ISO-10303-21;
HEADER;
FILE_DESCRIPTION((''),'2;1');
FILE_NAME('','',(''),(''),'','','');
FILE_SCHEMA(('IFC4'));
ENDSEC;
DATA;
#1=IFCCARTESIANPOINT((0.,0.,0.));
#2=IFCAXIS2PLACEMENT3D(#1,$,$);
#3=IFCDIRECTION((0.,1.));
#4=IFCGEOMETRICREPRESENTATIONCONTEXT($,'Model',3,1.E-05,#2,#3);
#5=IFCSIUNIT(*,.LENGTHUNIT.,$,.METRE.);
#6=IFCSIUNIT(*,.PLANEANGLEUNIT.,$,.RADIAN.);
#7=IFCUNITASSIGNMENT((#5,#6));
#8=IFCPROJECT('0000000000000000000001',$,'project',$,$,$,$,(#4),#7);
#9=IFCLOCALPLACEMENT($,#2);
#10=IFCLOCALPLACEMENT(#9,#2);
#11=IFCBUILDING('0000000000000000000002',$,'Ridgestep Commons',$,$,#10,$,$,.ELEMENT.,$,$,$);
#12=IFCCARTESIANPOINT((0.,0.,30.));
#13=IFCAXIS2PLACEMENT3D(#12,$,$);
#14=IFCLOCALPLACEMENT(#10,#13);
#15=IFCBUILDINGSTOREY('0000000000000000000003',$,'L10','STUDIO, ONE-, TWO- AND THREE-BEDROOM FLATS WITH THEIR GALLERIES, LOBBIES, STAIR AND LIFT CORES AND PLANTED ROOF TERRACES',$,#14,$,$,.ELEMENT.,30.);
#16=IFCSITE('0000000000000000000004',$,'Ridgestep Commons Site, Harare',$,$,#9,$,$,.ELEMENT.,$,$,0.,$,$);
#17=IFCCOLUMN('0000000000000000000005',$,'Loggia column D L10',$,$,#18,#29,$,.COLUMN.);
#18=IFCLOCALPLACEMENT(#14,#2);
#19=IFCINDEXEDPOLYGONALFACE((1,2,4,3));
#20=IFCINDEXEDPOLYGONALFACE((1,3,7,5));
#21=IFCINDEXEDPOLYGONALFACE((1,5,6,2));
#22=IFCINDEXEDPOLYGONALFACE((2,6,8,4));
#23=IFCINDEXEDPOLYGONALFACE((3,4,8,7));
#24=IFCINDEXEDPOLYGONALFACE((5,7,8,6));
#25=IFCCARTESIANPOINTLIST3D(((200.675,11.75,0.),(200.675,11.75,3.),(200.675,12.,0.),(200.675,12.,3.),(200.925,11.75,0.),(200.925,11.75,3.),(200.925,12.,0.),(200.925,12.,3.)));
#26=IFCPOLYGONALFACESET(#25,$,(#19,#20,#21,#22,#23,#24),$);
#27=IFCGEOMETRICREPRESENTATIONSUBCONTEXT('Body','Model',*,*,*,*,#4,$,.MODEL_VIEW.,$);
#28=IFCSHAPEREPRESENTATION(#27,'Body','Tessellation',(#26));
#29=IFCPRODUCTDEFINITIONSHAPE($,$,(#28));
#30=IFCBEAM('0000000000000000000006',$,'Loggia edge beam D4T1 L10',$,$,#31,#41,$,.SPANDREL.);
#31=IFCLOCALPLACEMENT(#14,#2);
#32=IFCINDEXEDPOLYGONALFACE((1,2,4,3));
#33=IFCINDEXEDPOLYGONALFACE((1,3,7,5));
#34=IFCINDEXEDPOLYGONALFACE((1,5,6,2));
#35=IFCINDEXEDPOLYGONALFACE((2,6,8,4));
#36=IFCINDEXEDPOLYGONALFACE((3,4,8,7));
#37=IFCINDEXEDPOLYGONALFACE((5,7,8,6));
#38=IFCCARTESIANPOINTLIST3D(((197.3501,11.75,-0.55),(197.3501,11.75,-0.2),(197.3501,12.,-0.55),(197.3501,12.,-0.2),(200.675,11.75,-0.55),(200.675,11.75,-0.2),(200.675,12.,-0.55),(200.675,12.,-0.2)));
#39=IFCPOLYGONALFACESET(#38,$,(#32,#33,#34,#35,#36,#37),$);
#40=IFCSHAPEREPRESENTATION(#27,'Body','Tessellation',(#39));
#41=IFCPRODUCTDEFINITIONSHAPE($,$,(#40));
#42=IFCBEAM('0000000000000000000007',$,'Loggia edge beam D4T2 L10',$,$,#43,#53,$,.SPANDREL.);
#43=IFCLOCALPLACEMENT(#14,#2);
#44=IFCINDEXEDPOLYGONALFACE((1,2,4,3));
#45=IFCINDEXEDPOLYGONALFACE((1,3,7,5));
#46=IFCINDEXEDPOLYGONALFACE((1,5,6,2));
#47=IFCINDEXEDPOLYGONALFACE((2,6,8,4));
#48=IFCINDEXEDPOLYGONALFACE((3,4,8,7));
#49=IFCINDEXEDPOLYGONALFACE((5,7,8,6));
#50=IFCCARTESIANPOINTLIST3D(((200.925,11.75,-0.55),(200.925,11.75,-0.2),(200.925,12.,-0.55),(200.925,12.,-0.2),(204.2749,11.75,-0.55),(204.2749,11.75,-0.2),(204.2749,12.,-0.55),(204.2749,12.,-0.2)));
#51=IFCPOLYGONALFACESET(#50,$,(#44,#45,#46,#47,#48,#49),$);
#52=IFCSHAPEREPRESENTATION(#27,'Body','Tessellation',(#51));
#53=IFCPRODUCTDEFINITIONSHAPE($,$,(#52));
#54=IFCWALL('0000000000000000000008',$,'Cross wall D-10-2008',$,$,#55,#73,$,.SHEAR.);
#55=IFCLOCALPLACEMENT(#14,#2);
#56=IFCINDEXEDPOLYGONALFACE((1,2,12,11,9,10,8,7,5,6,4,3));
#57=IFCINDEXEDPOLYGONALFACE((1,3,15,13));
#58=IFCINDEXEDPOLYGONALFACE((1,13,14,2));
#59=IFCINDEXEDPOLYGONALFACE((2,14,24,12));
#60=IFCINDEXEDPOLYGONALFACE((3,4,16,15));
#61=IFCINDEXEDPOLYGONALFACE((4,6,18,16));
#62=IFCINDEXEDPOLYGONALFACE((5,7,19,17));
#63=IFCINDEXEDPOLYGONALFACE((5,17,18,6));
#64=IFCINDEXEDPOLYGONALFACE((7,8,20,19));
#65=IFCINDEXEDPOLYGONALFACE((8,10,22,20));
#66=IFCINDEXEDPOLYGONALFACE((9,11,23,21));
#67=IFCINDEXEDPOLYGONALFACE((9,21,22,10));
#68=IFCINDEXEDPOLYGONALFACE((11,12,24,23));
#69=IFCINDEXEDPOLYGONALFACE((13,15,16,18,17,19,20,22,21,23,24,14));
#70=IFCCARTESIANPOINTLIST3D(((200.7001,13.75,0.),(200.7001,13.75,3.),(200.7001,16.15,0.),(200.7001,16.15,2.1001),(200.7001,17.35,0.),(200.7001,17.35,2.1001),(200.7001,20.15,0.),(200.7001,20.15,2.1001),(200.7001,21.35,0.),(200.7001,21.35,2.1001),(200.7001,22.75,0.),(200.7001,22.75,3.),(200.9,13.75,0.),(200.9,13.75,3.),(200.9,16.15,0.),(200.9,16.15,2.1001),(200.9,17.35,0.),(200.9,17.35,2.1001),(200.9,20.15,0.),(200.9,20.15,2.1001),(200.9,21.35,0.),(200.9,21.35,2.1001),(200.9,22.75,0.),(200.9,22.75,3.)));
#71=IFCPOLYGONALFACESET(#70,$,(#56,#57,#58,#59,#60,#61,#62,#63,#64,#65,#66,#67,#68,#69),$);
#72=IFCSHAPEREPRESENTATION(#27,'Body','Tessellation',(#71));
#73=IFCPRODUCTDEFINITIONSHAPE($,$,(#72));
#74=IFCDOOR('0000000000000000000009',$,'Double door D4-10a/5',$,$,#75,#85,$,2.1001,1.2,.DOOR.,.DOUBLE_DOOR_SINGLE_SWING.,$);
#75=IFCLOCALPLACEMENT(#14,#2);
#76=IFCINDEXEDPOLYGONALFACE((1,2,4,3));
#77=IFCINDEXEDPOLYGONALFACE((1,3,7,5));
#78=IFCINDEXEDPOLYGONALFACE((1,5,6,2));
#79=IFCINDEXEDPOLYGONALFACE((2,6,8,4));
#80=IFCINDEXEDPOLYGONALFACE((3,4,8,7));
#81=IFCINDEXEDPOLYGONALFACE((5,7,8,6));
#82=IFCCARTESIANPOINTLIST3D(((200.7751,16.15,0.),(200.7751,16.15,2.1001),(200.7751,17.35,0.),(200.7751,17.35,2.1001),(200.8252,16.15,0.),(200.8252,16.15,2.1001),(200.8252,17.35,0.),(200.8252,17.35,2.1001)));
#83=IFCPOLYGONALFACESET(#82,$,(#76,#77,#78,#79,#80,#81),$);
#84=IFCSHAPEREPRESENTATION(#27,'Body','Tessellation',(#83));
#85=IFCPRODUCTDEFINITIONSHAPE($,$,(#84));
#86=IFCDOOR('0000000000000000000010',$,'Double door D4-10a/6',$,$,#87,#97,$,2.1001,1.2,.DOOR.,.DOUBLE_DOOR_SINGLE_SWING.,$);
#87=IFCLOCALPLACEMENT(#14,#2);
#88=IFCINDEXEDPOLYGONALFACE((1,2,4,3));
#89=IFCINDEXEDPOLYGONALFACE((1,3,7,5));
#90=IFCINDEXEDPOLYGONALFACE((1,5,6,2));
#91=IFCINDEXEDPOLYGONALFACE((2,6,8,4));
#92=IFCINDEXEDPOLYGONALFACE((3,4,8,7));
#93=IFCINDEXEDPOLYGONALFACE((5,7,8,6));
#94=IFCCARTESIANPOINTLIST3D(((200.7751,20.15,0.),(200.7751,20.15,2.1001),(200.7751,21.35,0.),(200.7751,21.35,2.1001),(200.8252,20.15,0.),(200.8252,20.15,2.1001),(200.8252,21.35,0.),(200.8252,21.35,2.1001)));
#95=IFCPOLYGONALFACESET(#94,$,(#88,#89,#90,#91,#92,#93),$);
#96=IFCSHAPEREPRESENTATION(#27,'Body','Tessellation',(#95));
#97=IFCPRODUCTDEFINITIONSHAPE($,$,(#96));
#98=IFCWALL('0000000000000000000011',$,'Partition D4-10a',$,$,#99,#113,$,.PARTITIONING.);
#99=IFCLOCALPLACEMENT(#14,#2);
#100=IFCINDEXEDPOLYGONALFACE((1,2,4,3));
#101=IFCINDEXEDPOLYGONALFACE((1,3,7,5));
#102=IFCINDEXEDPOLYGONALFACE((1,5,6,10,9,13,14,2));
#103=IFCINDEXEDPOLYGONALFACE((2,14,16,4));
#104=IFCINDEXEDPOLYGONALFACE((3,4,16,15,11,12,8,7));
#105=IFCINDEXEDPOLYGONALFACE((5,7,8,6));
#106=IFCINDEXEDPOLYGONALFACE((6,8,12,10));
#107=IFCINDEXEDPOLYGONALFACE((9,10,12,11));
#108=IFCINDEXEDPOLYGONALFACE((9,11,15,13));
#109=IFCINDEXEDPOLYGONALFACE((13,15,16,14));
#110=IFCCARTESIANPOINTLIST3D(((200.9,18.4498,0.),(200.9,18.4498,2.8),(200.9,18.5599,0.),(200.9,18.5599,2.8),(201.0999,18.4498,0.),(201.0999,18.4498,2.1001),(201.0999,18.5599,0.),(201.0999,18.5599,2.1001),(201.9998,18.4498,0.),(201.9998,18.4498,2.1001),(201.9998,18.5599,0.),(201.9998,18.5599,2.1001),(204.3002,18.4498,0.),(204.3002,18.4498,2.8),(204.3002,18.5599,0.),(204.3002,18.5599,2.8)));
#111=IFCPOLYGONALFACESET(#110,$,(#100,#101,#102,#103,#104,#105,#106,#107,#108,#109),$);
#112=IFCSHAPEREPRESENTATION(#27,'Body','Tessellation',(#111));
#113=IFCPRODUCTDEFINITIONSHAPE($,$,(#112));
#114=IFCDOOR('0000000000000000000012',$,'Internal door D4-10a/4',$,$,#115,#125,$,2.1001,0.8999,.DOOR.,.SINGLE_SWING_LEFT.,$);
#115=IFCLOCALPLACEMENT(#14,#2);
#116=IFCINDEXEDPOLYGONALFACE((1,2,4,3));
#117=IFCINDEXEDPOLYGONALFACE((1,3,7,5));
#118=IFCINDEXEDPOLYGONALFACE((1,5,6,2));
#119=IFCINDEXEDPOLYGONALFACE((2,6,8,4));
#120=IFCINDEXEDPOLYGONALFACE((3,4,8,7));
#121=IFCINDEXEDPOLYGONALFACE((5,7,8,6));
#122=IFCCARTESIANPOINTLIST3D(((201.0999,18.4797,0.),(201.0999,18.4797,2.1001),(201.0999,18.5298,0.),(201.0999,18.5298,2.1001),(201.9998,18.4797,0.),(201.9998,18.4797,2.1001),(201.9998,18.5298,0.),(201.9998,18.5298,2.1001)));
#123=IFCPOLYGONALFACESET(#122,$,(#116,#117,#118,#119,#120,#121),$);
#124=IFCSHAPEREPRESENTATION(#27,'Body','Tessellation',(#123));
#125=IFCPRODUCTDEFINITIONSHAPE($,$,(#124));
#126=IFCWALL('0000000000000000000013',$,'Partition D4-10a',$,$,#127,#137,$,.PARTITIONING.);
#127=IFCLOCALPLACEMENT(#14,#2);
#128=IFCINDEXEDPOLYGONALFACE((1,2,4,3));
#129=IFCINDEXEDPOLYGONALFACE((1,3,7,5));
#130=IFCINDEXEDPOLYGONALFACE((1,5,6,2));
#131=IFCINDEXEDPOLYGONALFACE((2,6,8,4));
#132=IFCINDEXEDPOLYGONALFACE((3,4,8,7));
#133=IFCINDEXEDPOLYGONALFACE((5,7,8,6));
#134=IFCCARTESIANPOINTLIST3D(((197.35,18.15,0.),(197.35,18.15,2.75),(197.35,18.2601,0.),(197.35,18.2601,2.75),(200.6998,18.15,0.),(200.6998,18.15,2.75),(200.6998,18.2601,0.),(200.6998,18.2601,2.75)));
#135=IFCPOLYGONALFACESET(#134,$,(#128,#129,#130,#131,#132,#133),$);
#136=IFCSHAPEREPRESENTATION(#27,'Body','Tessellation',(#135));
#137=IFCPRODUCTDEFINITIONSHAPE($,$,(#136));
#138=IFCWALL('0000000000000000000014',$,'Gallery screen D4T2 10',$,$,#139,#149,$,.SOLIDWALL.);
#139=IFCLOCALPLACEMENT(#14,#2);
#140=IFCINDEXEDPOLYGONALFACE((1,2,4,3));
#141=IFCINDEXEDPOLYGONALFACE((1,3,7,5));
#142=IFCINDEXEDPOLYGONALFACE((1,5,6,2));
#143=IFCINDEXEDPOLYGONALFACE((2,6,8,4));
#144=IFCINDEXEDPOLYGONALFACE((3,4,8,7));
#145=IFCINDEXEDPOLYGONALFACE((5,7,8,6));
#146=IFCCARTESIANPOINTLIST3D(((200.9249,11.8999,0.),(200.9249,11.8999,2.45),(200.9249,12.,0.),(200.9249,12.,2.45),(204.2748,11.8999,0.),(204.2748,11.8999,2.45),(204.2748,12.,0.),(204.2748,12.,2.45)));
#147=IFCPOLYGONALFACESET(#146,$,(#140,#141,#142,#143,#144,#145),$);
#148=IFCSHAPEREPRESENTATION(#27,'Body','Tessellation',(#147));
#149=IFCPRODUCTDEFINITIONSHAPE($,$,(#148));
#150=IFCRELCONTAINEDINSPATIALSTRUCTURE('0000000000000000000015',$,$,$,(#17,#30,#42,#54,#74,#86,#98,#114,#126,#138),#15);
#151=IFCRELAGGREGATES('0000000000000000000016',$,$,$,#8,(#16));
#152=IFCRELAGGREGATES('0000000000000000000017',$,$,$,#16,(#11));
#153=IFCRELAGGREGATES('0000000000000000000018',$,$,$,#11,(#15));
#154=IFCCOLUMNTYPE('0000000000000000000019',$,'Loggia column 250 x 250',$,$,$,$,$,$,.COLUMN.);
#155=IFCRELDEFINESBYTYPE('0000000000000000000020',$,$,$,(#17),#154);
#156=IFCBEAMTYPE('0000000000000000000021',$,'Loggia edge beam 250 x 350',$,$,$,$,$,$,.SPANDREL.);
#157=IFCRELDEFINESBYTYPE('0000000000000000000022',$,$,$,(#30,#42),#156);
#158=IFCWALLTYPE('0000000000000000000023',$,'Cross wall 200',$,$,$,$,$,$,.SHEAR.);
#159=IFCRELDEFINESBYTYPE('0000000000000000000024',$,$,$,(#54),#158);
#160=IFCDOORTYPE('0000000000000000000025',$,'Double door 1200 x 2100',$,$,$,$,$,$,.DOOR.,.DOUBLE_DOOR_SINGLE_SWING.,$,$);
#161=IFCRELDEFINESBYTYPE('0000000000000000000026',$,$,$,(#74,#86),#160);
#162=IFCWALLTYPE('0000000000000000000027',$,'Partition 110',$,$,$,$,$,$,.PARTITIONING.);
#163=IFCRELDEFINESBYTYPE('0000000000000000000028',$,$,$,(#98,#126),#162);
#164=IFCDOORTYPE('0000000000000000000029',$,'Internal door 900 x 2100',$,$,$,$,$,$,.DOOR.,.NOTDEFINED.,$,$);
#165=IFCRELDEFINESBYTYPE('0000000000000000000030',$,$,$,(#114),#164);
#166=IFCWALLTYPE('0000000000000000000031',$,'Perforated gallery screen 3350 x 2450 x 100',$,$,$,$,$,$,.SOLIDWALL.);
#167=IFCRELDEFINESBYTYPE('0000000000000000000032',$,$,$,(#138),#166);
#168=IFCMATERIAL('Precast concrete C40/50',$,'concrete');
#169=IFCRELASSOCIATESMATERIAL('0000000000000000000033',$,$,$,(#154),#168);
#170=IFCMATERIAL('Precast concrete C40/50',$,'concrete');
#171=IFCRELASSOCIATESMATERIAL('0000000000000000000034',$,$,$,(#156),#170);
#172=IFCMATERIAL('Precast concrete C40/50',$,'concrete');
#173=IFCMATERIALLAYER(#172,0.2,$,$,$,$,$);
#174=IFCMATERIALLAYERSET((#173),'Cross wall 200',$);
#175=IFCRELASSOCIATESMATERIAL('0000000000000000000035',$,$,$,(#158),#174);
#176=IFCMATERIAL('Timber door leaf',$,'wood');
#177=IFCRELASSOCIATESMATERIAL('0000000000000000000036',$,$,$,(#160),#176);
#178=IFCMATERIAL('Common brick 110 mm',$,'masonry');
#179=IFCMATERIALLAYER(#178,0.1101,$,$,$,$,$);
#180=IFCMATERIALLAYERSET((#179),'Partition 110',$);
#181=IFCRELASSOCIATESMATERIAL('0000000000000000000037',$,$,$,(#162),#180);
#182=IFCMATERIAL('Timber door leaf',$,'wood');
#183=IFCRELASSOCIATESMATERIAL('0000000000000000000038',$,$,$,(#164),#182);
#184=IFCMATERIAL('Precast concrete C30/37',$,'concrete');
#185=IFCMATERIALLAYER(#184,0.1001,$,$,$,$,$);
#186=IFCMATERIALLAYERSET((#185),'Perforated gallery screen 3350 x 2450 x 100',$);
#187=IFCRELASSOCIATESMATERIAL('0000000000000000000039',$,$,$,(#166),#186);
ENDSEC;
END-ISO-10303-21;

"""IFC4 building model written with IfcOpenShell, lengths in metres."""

from ifc_helpers import new_model, si_unit, direction, frame, frame_2d, origin, origin_2d, place, context, subcontext, project, spatial, rectangle, extrude, material, layer, layer_set, material_profile, profile_set, type_object, element, fill, save


model = new_model("IFC4")

# Units and contexts
model_context = context("Model", 3, precision=1e-05, world=origin(), true_north=direction((0.0, 1.0)))
body_context = subcontext(model_context, "Body", "Model", "MODEL_VIEW")
ifc_project = project(units=[si_unit("LENGTHUNIT", "METRE"), si_unit("PLANEANGLEUNIT", "RADIAN")], contexts=[model_context])

# Site, building, storey
site_placement = place(None, origin())
site = spatial("IfcSite", under=ifc_project, at=site_placement, Name="Ridgestep Commons Site, Harare", CompositionType="ELEMENT", RefElevation=0.0)
building_placement = place(site_placement, origin())
building = spatial("IfcBuilding", under=site, at=building_placement, Name="Ridgestep Commons", CompositionType="ELEMENT")
storey_placement = place(building_placement, frame((0.0, 0.0, 30.0)))
storey = spatial("IfcBuildingStorey", under=building, at=storey_placement, Name="L10", Description="STUDIO, ONE-, TWO- AND THREE-BEDROOM FLATS WITH THEIR GALLERIES, LOBBIES, STAIR AND LIFT CORES AND PLANTED ROOF TERRACES", CompositionType="ELEMENT", Elevation=30.0)

# Column
ifc_material_1 = material(Name="Precast concrete C40/50", Category="concrete")
ifc_material_profile_1 = material_profile(ifc_material_1, rectangle(XDim=0.25, YDim=0.25, at=origin_2d()), Name="PC 250x250")
ifc_profile_set_1 = profile_set([ifc_material_profile_1], Name="Precast concrete C40/50")
column_type = type_object("IfcColumnType", Name="Loggia column 250 x 250", PredefinedType="COLUMN", material=ifc_profile_set_1)
column_placement = place(storey_placement, frame((200.8, 11.875, 0.0), z_axis=(0.0, 0.0, 1.0), x_axis=(1.0, 0.0, 0.0)))
element("IfcColumn", 1, at=column_placement, inside=storey, type_object=column_type, Name="Loggia column D L10", PredefinedType="COLUMN", context=body_context, shape_type="SweptSolid", body=[
    extrude(rectangle(XDim=0.25, YDim=0.25, at=origin_2d()), origin(), (0.0, 0.0, 1.0), 3.0),
])

# Beams
ifc_material_2 = material(Name="Precast concrete C40/50", Category="concrete")
ifc_material_profile_2 = material_profile(ifc_material_2, rectangle(XDim=0.25, YDim=0.3501, at=origin_2d()), Name="PC 250x350")
ifc_profile_set_2 = profile_set([ifc_material_profile_2], Name="Precast concrete C40/50")
beam_type = type_object("IfcBeamType", Name="Loggia edge beam 250 x 350", PredefinedType="SPANDREL", material=ifc_profile_set_2)
beam_1_placement = place(storey_placement, frame((197.3501, 11.875, -0.375), z_axis=(1.0, 0.0, 0.0), x_axis=(0.0, 1.0, 0.0)))
element("IfcBeam", 2, at=beam_1_placement, inside=storey, type_object=beam_type, Name="Loggia edge beam D4T1 L10", PredefinedType="SPANDREL", context=body_context, shape_type="SweptSolid", body=[
    extrude(rectangle(XDim=0.25, YDim=0.3501, at=origin_2d()), origin(), (0.0, 0.0, 1.0), 3.325),
])
beam_2_placement = place(storey_placement, frame((200.925, 11.875, -0.375), z_axis=(1.0, 0.0, 0.0), x_axis=(0.0, 1.0, 0.0)))
element("IfcBeam", 3, at=beam_2_placement, inside=storey, type_object=beam_type, Name="Loggia edge beam D4T2 L10", PredefinedType="SPANDREL", context=body_context, shape_type="SweptSolid", body=[
    extrude(rectangle(XDim=0.25, YDim=0.3501, at=origin_2d()), origin(), (0.0, 0.0, 1.0), 3.3499),
])

# Wall, openings, doors
ifc_material_3 = material(Name="Precast concrete C40/50", Category="concrete")
ifc_layer_1 = layer(ifc_material_3, 0.2)
ifc_layer_set_1 = layer_set([ifc_layer_1], Name="Cross wall 200")
wall_type_1 = type_object("IfcWallType", Name="Cross wall 200", PredefinedType="SHEAR", material=ifc_layer_set_1)
wall_1_placement = place(storey_placement, frame((200.8, 13.75, 0.0), z_axis=(0.0, 0.0, 1.0), x_axis=(0.0, 1.0, 0.0)))
wall_1 = element("IfcWall", 4, at=wall_1_placement, inside=storey, type_object=wall_type_1, Name="Cross wall D-10-2008", PredefinedType="SHEAR", context=body_context, shape_type="SweptSolid", body=[
    extrude(rectangle(XDim=9.0, YDim=0.2, at=frame_2d((4.5, 0.0))), origin(), (0.0, 0.0, 1.0), 3.0),
])
opening_1_placement = place(wall_1_placement, frame((2.3999, 0.0, 0.0)))
opening_1 = element("IfcOpeningElement", 5, at=opening_1_placement, cuts=wall_1, PredefinedType="OPENING", context=body_context, shape_type="SweptSolid", body=[
    extrude(rectangle(XDim=1.2, YDim=2.1001, at=frame_2d((0.6001, 1.05))), frame((0.0, 0.1099, 0.0), z_axis=(0.0, -1.0, 0.0), x_axis=(1.0, 0.0, 0.0)), (0.0, 0.0, 1.0), 0.22),
])
opening_2_placement = place(wall_1_placement, frame((6.3999, 0.0, 0.0)))
opening_2 = element("IfcOpeningElement", 6, at=opening_2_placement, cuts=wall_1, PredefinedType="OPENING", context=body_context, shape_type="SweptSolid", body=[
    extrude(rectangle(XDim=1.2, YDim=2.1001, at=frame_2d((0.6001, 1.05))), frame((0.0, 0.1099, 0.0), z_axis=(0.0, -1.0, 0.0), x_axis=(1.0, 0.0, 0.0)), (0.0, 0.0, 1.0), 0.22),
])
ifc_material_4 = material(Name="Timber door leaf", Category="wood")
door_type_1 = type_object("IfcDoorType", Name="Double door 1200 x 2100", OperationType="DOUBLE_DOOR_SINGLE_SWING", PredefinedType="DOOR", material=ifc_material_4)
door_1_placement = place(opening_1_placement, origin())
door_1 = element("IfcDoor", 7, at=door_1_placement, inside=storey, type_object=door_type_1, Name="Double door D4-10a/5", OperationType="DOUBLE_DOOR_SINGLE_SWING", OverallHeight=2.1001, OverallWidth=1.2, PredefinedType="DOOR", context=body_context, shape_type="SweptSolid", body=[
    extrude(rectangle(XDim=1.2, YDim=2.1001, at=frame_2d((0.6001, 1.05))), frame((0.0, 0.0249, 0.0), z_axis=(0.0, -1.0, 0.0), x_axis=(1.0, 0.0, 0.0)), (0.0, 0.0, 1.0), 0.05),
])
fill(opening_1, door_1)
door_2_placement = place(opening_2_placement, origin())
door_2 = element("IfcDoor", 8, at=door_2_placement, inside=storey, type_object=door_type_1, Name="Double door D4-10a/6", OperationType="DOUBLE_DOOR_SINGLE_SWING", OverallHeight=2.1001, OverallWidth=1.2, PredefinedType="DOOR", context=body_context, shape_type="SweptSolid", body=[
    extrude(rectangle(XDim=1.2, YDim=2.1001, at=frame_2d((0.6001, 1.05))), frame((0.0, 0.0249, 0.0), z_axis=(0.0, -1.0, 0.0), x_axis=(1.0, 0.0, 0.0)), (0.0, 0.0, 1.0), 0.05),
])
fill(opening_2, door_2)

# Wall, opening, door
ifc_material_5 = material(Name="Common brick 110 mm", Category="masonry")
ifc_layer_2 = layer(ifc_material_5, 0.1101)
ifc_layer_set_2 = layer_set([ifc_layer_2], Name="Partition 110")
wall_type_2 = type_object("IfcWallType", Name="Partition 110", PredefinedType="PARTITIONING", material=ifc_layer_set_2)
wall_2_placement = place(storey_placement, frame((200.8999, 18.5049, 0.0), z_axis=(0.0, 0.0, 1.0), x_axis=(1.0, 0.0, 0.0)))
wall_2 = element("IfcWall", 9, at=wall_2_placement, inside=storey, type_object=wall_type_2, Name="Partition D4-10a", PredefinedType="PARTITIONING", context=body_context, shape_type="SweptSolid", body=[
    extrude(rectangle(XDim=3.4001, YDim=0.1101, at=frame_2d((1.7002, 0.0))), origin(), (0.0, 0.0, 1.0), 2.8),
])
opening_3_placement = place(wall_2_placement, frame((0.2, 0.0, 0.0)))
opening_3 = element("IfcOpeningElement", 10, at=opening_3_placement, cuts=wall_2, PredefinedType="OPENING", context=body_context, shape_type="SweptSolid", body=[
    extrude(rectangle(XDim=0.8999, YDim=2.1001, at=frame_2d((0.45, 1.05))), frame((0.0, 0.0649, 0.0), z_axis=(0.0, -1.0, 0.0), x_axis=(1.0, 0.0, 0.0)), (0.0, 0.0, 1.0), 0.1301),
])
ifc_material_6 = material(Name="Timber door leaf", Category="wood")
door_type_2 = type_object("IfcDoorType", Name="Internal door 900 x 2100", OperationType="NOTDEFINED", PredefinedType="DOOR", material=ifc_material_6)
door_3_placement = place(opening_3_placement, origin())
door_3 = element("IfcDoor", 11, at=door_3_placement, inside=storey, type_object=door_type_2, Name="Internal door D4-10a/4", OperationType="SINGLE_SWING_LEFT", OverallHeight=2.1001, OverallWidth=0.8999, PredefinedType="DOOR", context=body_context, shape_type="SweptSolid", body=[
    extrude(rectangle(XDim=0.8999, YDim=2.1001, at=frame_2d((0.45, 1.05))), frame((0.0, 0.0249, 0.0), z_axis=(0.0, -1.0, 0.0), x_axis=(1.0, 0.0, 0.0)), (0.0, 0.0, 1.0), 0.05),
])
fill(opening_3, door_3)

# Walls
wall_3_placement = place(storey_placement, frame((197.3501, 18.2051, 0.0), z_axis=(0.0, 0.0, 1.0), x_axis=(1.0, 0.0, 0.0)))
element("IfcWall", 12, at=wall_3_placement, inside=storey, type_object=wall_type_2, Name="Partition D4-10a", PredefinedType="PARTITIONING", context=body_context, shape_type="SweptSolid", body=[
    extrude(rectangle(XDim=3.3499, YDim=0.1101, at=frame_2d((1.6748, 0.0))), origin(), (0.0, 0.0, 1.0), 2.75),
])
ifc_material_7 = material(Name="Precast concrete C30/37", Category="concrete")
ifc_layer_3 = layer(ifc_material_7, 0.1001)
ifc_layer_set_3 = layer_set([ifc_layer_3], Name="Perforated gallery screen 3350 x 2450 x 100")
wall_type_3 = type_object("IfcWallType", Name="Perforated gallery screen 3350 x 2450 x 100", PredefinedType="SOLIDWALL", material=ifc_layer_set_3)
wall_4_placement = place(storey_placement, frame((200.925, 11.95, 0.0), z_axis=(0.0, 0.0, 1.0), x_axis=(1.0, 0.0, 0.0)))
element("IfcWall", 13, at=wall_4_placement, inside=storey, type_object=wall_type_3, Name="Gallery screen D4T2 10", PredefinedType="SOLIDWALL", context=body_context, shape_type="SweptSolid", body=[
    extrude(rectangle(XDim=3.3499, YDim=0.1001, at=frame_2d((1.6748, 0.0))), origin(), (0.0, 0.0, 1.0), 2.45),
])

save(model, "model.ifc")
